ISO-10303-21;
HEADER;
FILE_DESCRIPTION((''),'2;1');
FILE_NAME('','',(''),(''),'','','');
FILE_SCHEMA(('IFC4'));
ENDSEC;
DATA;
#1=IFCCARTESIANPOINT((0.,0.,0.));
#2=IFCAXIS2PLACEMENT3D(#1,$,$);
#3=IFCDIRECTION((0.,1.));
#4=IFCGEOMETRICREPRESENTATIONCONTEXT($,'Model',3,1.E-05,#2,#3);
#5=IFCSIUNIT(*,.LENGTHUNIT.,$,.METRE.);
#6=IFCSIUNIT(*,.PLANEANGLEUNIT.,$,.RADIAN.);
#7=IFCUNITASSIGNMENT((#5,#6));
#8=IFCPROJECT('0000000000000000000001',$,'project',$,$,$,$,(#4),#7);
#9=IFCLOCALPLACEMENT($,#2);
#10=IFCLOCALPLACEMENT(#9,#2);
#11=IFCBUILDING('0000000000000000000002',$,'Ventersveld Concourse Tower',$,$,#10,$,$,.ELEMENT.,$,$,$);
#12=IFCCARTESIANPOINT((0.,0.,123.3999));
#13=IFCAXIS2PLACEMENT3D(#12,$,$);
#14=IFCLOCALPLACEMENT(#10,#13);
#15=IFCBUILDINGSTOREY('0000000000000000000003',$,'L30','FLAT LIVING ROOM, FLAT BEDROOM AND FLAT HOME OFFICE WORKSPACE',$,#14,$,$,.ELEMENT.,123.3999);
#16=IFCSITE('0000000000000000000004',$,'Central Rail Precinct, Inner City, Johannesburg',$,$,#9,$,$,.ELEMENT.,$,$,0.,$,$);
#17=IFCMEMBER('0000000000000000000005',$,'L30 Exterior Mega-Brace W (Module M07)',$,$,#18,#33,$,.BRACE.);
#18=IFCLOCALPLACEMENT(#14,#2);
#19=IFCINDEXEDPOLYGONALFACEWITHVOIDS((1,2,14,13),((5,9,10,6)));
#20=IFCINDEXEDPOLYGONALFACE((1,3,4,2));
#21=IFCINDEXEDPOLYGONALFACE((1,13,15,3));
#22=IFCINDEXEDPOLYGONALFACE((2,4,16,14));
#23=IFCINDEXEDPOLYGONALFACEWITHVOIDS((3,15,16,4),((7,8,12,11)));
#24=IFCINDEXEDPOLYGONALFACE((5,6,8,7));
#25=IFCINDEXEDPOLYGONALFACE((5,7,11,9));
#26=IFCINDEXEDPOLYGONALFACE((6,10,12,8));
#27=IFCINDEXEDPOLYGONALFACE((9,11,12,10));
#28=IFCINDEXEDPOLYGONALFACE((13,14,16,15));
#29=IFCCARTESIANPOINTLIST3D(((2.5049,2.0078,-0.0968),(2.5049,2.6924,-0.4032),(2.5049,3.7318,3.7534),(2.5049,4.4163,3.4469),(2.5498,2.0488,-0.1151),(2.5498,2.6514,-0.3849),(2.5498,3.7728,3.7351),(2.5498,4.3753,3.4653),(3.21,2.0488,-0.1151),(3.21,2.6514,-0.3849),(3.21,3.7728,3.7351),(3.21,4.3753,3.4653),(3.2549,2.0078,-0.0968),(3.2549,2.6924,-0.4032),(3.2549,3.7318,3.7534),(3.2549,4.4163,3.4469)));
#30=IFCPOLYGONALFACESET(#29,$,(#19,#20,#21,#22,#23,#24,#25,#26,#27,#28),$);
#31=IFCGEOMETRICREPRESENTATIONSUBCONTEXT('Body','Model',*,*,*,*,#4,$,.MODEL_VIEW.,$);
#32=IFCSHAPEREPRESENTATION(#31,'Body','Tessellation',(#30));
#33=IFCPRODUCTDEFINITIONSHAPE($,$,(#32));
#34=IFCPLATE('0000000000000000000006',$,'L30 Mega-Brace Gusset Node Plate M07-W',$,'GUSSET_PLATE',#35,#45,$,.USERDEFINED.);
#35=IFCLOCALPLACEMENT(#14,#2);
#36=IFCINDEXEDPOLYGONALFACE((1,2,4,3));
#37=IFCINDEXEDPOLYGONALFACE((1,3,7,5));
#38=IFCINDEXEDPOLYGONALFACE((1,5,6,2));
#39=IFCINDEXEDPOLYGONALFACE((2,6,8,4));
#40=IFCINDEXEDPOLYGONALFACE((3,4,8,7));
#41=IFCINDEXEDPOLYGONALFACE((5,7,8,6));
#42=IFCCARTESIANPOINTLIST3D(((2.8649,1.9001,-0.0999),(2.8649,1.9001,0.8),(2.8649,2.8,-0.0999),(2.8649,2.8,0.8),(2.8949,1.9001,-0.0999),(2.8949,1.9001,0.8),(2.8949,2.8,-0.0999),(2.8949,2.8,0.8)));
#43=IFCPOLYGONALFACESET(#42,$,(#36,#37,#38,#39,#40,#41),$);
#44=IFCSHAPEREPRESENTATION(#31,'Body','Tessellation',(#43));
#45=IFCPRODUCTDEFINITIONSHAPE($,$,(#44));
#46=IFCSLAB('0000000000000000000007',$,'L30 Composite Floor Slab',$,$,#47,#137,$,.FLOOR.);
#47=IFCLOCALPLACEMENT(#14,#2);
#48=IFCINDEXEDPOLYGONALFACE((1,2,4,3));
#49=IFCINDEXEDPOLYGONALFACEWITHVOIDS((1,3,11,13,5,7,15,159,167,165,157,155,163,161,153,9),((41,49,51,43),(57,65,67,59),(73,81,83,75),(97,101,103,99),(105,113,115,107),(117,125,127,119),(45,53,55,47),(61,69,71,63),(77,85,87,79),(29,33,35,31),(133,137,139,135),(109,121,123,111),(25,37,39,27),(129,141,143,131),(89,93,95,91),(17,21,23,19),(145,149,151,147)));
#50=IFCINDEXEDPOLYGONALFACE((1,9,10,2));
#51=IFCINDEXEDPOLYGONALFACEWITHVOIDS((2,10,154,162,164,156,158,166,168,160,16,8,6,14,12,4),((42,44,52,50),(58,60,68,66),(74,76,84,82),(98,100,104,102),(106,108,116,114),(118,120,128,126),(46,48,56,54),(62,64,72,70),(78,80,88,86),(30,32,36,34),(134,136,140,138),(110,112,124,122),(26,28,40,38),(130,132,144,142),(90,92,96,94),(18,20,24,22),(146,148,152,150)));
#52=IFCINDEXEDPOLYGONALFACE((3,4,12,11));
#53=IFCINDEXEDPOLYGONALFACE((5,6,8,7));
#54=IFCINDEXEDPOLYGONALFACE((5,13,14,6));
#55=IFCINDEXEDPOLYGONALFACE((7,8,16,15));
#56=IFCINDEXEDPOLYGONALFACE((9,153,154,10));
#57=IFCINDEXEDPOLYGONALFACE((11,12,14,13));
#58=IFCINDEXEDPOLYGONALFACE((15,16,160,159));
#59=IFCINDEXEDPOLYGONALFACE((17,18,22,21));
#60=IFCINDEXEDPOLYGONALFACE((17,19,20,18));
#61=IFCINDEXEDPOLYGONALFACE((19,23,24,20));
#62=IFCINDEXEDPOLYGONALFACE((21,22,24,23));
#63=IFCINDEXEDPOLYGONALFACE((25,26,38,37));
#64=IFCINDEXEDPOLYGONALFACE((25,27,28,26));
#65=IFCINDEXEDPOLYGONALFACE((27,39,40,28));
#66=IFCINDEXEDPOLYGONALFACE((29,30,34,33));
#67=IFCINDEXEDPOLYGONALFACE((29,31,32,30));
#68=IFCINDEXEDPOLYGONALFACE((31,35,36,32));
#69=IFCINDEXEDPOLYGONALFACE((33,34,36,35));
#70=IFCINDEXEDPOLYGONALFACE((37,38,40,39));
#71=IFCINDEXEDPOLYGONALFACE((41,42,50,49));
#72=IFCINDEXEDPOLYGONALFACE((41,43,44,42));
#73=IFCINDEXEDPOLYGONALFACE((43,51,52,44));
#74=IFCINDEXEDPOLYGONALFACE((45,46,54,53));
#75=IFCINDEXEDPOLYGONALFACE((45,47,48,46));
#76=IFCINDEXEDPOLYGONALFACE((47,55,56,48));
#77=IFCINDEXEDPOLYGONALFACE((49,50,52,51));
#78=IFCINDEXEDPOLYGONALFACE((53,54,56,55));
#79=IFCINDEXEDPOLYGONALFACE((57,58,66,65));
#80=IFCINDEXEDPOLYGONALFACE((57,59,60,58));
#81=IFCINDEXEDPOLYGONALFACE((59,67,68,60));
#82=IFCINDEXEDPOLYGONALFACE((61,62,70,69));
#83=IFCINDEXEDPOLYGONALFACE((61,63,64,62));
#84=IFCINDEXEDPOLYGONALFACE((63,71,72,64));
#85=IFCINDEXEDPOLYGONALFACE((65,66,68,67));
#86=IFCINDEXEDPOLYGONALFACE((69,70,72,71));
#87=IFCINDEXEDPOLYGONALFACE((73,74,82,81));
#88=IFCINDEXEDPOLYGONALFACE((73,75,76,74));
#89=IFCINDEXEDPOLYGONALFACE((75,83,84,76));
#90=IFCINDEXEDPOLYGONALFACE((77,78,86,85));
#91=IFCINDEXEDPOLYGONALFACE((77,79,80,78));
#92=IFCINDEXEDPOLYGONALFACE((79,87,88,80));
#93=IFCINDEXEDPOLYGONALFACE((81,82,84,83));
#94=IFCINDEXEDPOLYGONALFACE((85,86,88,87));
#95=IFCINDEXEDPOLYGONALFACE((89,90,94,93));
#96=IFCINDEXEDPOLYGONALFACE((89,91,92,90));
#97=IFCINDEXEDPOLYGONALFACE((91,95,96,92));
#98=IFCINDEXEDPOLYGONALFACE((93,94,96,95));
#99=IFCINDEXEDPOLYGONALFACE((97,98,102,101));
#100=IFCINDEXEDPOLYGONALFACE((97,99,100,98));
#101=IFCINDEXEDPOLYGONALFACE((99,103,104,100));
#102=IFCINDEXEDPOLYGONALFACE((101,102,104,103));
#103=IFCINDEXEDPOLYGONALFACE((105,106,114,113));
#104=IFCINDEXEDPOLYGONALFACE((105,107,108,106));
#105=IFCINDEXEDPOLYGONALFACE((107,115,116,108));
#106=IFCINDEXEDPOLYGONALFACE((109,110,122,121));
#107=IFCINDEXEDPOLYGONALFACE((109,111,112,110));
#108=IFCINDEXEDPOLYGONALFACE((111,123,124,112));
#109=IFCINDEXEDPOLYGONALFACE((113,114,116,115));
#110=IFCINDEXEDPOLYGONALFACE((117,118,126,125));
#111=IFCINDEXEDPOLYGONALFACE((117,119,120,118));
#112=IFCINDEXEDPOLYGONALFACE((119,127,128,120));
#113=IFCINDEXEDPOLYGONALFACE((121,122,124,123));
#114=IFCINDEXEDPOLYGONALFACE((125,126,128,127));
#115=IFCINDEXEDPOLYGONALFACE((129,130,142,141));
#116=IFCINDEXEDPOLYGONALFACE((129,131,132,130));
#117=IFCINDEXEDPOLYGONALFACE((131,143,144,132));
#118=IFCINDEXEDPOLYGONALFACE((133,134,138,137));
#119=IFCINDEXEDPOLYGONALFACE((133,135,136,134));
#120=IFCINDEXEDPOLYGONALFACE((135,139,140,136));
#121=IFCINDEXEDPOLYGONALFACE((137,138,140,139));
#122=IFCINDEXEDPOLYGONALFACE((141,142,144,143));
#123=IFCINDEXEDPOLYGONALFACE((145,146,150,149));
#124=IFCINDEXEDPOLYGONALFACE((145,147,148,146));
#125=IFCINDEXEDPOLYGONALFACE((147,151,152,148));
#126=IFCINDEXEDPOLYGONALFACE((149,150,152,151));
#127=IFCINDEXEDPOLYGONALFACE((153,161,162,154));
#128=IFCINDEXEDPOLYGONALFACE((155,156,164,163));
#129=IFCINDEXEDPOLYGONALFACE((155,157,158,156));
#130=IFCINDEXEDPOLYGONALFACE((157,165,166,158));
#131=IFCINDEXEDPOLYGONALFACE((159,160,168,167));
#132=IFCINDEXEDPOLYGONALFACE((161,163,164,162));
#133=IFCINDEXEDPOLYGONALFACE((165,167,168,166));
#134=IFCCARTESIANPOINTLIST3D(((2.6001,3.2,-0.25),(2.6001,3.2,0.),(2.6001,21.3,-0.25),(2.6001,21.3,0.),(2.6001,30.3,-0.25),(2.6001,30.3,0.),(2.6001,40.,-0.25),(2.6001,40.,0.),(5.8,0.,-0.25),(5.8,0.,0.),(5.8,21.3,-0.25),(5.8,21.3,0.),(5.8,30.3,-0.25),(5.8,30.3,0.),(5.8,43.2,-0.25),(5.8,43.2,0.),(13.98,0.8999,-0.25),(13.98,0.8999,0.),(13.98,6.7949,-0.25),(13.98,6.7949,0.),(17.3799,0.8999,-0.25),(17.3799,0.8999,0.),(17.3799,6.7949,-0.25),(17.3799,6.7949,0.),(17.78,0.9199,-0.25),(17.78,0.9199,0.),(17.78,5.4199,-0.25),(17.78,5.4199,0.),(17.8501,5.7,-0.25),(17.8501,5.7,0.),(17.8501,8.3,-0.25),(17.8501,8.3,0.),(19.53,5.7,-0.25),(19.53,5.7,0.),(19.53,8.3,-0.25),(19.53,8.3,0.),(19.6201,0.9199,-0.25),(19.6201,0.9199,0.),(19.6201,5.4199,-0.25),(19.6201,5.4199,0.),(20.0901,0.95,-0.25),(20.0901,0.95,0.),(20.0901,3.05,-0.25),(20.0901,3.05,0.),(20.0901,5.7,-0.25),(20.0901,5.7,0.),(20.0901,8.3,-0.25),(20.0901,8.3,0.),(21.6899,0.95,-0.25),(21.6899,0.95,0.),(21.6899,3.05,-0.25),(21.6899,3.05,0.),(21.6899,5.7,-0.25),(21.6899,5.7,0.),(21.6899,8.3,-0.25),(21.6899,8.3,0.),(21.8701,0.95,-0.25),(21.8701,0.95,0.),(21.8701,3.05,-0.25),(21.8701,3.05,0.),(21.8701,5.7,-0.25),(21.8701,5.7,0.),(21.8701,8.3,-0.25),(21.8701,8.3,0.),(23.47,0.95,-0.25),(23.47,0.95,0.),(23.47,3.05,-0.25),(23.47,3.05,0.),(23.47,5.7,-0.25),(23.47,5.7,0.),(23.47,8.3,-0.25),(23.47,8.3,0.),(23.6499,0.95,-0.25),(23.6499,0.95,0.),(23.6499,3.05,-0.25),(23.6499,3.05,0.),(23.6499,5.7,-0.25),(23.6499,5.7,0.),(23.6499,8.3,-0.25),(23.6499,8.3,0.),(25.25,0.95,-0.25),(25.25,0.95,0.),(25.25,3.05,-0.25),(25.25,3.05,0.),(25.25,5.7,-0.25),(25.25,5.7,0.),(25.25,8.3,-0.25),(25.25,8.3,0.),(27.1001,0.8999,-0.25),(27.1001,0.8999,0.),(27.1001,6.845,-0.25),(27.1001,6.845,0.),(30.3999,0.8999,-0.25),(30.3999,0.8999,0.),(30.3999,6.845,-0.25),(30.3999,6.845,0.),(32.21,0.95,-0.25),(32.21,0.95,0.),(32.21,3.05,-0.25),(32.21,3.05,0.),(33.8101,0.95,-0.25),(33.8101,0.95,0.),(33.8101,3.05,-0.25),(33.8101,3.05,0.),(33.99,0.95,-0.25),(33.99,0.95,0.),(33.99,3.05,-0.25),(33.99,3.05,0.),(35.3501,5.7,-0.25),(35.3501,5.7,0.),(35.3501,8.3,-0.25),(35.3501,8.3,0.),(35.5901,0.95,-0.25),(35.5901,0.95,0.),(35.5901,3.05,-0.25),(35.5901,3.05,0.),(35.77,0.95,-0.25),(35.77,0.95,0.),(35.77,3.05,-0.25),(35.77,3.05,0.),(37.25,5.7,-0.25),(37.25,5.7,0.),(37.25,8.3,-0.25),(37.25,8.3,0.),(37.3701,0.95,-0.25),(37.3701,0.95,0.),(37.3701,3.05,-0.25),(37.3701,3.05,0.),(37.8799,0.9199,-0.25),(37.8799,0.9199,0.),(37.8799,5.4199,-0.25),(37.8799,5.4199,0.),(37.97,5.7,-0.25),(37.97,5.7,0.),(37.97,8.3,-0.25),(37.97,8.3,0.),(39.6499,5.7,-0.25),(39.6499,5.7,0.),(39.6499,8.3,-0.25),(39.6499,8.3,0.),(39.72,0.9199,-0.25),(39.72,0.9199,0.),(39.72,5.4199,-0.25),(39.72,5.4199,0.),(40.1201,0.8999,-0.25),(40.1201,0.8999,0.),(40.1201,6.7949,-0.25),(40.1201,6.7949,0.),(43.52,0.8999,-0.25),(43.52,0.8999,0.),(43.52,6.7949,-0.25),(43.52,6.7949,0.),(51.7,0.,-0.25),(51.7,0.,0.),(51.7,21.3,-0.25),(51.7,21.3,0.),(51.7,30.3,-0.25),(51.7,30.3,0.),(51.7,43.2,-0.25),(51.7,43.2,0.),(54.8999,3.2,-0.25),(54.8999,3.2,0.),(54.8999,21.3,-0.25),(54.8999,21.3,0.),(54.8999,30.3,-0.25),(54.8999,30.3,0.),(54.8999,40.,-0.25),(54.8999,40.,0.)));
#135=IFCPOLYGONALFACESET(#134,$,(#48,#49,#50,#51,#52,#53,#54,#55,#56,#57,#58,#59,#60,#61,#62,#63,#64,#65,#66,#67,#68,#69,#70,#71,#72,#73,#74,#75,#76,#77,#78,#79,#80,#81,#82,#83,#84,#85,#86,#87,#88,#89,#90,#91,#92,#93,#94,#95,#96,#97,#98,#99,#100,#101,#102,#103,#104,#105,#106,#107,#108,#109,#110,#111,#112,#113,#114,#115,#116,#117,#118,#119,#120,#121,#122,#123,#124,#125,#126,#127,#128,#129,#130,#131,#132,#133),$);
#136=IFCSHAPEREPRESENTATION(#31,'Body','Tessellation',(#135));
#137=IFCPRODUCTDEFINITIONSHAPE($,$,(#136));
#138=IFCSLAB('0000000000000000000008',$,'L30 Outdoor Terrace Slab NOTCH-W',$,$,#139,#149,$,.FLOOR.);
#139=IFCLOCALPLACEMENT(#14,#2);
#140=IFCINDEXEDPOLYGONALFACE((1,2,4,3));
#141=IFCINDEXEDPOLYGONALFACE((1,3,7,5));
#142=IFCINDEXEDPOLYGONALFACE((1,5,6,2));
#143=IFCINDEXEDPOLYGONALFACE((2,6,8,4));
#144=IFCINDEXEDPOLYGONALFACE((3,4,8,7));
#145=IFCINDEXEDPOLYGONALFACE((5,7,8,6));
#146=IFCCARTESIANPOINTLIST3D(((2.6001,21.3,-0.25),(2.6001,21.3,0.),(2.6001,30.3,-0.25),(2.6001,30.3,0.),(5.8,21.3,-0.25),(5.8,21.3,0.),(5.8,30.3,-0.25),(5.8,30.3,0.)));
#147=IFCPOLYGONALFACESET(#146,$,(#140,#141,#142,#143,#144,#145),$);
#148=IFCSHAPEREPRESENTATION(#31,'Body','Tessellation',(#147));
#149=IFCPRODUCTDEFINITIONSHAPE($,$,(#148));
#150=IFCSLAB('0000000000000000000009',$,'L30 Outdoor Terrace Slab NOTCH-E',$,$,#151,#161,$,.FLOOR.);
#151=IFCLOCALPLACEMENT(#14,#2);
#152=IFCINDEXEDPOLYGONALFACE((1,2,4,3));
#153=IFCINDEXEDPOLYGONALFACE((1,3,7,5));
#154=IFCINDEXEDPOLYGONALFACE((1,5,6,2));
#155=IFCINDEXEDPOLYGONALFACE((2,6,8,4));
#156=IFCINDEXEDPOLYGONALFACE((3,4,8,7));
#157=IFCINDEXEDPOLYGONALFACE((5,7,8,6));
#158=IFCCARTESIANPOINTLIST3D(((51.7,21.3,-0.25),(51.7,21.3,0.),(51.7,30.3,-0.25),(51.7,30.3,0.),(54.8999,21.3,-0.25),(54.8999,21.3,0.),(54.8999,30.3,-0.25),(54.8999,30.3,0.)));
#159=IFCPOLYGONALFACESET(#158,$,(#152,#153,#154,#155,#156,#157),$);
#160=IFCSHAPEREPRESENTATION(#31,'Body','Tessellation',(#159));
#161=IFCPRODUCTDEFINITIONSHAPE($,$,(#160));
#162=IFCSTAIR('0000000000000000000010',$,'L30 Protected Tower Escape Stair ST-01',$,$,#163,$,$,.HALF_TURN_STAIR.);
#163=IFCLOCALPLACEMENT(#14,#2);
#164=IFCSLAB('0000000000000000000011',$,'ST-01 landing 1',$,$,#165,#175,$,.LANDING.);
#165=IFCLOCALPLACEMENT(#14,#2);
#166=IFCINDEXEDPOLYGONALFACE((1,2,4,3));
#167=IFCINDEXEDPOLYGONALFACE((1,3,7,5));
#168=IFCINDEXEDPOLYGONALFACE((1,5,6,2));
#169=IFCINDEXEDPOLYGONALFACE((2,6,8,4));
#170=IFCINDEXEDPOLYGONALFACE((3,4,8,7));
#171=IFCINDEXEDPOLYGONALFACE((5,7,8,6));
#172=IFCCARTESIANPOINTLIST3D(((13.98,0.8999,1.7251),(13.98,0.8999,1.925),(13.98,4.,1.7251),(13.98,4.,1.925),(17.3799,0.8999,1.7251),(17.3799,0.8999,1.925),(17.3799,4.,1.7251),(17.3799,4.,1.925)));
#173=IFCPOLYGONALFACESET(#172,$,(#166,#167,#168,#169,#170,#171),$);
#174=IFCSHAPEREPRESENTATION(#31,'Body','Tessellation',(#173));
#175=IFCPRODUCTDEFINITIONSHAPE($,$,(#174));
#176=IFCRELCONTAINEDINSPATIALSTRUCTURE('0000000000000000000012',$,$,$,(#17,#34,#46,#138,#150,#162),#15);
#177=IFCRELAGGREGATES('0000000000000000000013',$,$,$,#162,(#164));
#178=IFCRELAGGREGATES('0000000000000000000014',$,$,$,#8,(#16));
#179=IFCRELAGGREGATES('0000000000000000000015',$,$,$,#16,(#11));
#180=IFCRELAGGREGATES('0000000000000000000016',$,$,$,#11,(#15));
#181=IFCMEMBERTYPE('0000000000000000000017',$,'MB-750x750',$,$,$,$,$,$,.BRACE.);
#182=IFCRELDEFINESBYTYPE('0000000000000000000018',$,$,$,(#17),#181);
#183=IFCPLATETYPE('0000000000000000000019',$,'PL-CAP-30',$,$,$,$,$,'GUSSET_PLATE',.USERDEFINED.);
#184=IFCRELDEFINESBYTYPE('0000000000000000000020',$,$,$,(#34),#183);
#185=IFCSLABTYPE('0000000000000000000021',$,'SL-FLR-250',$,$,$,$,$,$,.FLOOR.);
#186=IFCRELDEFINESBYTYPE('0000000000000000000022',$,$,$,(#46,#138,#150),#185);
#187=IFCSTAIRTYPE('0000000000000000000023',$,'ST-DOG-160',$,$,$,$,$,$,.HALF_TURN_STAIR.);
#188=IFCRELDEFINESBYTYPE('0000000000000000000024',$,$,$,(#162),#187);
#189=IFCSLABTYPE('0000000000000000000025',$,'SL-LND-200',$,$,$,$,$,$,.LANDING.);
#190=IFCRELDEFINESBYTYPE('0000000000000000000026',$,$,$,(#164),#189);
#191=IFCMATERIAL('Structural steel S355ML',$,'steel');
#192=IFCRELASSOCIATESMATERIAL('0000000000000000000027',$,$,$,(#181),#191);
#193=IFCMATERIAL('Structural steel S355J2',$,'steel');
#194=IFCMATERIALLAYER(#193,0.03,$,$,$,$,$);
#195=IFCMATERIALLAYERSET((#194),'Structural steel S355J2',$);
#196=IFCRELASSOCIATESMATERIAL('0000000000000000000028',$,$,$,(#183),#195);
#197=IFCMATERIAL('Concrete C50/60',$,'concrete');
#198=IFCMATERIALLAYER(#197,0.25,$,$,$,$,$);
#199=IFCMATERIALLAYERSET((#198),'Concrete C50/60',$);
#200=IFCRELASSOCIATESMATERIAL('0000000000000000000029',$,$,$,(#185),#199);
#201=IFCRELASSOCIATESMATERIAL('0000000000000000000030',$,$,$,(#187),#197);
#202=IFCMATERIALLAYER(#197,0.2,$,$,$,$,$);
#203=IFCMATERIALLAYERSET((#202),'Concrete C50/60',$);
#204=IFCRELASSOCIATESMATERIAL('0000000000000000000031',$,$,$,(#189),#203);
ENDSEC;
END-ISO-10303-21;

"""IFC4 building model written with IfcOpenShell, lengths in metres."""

from ifc_helpers import new_model, si_unit, direction, frame, origin, origin_2d, place, context, subcontext, project, spatial, polyline, rectangle, hollow_rectangle, outline, extrude, material, layer, layer_set, material_profile, profile_set, type_object, element, aggregate, save


model = new_model("IFC4")

# Units and contexts
model_context = context("Model", 3, precision=1e-05, world=origin(), true_north=direction((0.0, 1.0)))
body_context = subcontext(model_context, "Body", "Model", "MODEL_VIEW")
ifc_project = project(units=[si_unit("LENGTHUNIT", "METRE"), si_unit("PLANEANGLEUNIT", "RADIAN")], contexts=[model_context])

# Site, building, storey
site_placement = place(None, origin())
site = spatial("IfcSite", under=ifc_project, at=site_placement, Name="Central Rail Precinct, Inner City, Johannesburg", CompositionType="ELEMENT", RefElevation=0.0)
building_placement = place(site_placement, origin())
building = spatial("IfcBuilding", under=site, at=building_placement, Name="Ventersveld Concourse Tower", CompositionType="ELEMENT")
storey_placement = place(building_placement, frame((0.0, 0.0, 123.3999)))
storey = spatial("IfcBuildingStorey", under=building, at=storey_placement, Name="L30", Description="FLAT LIVING ROOM, FLAT BEDROOM AND FLAT HOME OFFICE WORKSPACE", CompositionType="ELEMENT", Elevation=123.3999)

# Member
ifc_material_1 = material(Name="Structural steel S355ML", Category="steel")
ifc_material_profile = material_profile(ifc_material_1, hollow_rectangle(XDim=0.75, YDim=0.75, WallThickness=0.0449, at=origin_2d()), Name="BOX 750x750x45")
ifc_profile_set = profile_set([ifc_material_profile], Name="Structural steel S355ML")
member_type = type_object("IfcMemberType", Name="MB-750x750", PredefinedType="BRACE", material=ifc_profile_set)
member_placement = place(storey_placement, frame((2.8799, 2.3501, -0.25), z_axis=(0.0, 0.408655, 0.912689), x_axis=(-1.0, 0.0, 0.0)))
element("IfcMember", 1, at=member_placement, inside=storey, type_object=member_type, Name="L30 Exterior Mega-Brace W (Module M07)", PredefinedType="BRACE", context=body_context, shape_type="SweptSolid", body=[
    extrude(hollow_rectangle(XDim=0.75, YDim=0.75, WallThickness=0.0449, at=origin_2d()), origin(), (0.0, 0.0, 1.0), 4.2185),
])

# Plate
ifc_material_2 = material(Name="Structural steel S355J2", Category="steel")
ifc_layer_1 = layer(ifc_material_2, 0.03)
ifc_layer_set_1 = layer_set([ifc_layer_1], Name="Structural steel S355J2")
plate_type = type_object("IfcPlateType", Name="PL-CAP-30", ElementType="GUSSET_PLATE", PredefinedType="USERDEFINED", material=ifc_layer_set_1)
plate_placement = place(storey_placement, frame((2.8799, 2.3501, -0.0999), z_axis=(0.0, 0.0, 1.0), x_axis=(0.0, 1.0, 0.0)))
element("IfcPlate", 2, at=plate_placement, inside=storey, type_object=plate_type, Name="L30 Mega-Brace Gusset Node Plate M07-W", ObjectType="GUSSET_PLATE", PredefinedType="USERDEFINED", context=body_context, shape_type="SweptSolid", body=[
    extrude(rectangle(XDim=0.8999, YDim=0.03, at=origin_2d()), origin(), (0.0, 0.0, 1.0), 0.8999),
])

# Slabs
ifc_material_3 = material(Name="Concrete C50/60", Category="concrete")
ifc_layer_2 = layer(ifc_material_3, 0.25)
ifc_layer_set_2 = layer_set([ifc_layer_2], Name="Concrete C50/60")
slab_type_1 = type_object("IfcSlabType", Name="SL-FLR-250", PredefinedType="FLOOR", material=ifc_layer_set_2)
slab_1_placement = place(storey_placement, frame((0.0, 0.0, -0.25)))
element("IfcSlab", 3, at=slab_1_placement, inside=storey, type_object=slab_type_1, Name="L30 Composite Floor Slab", PredefinedType="FLOOR", context=body_context, shape_type="SweptSolid", body=[
    extrude(outline(polyline([(5.8, 0.0), (51.7, 0.0), (54.8999, 3.2), (54.8999, 21.3), (51.7, 21.3), (51.7, 30.3), (54.8999, 30.3), (54.8999, 40.0), (51.7, 43.2), (5.8, 43.2), (2.6001, 40.0), (2.6001, 30.3), (5.8, 30.3), (5.8, 21.3), (2.6001, 21.3), (2.6001, 3.2), (5.8, 0.0)]), holes=[polyline([(13.98, 6.7949), (13.98, 0.8999), (17.3799, 0.8999), (17.3799, 6.7949), (13.98, 6.7949)]), polyline([(40.1201, 6.7949), (40.1201, 0.8999), (43.52, 0.8999), (43.52, 6.7949), (40.1201, 6.7949)]), polyline([(27.1001, 6.845), (27.1001, 0.8999), (30.3999, 0.8999), (30.3999, 6.845), (27.1001, 6.845)]), polyline([(17.8501, 5.7), (19.53, 5.7), (19.53, 8.3), (17.8501, 8.3), (17.8501, 5.7)]), polyline([(37.97, 5.7), (39.6499, 5.7), (39.6499, 8.3), (37.97, 8.3), (37.97, 5.7)]), polyline([(35.3501, 5.7), (37.25, 5.7), (37.25, 8.3), (35.3501, 8.3), (35.3501, 5.7)]), polyline([(20.0901, 0.95), (21.6899, 0.95), (21.6899, 3.05), (20.0901, 3.05), (20.0901, 0.95)]), polyline([(21.8701, 0.95), (23.47, 0.95), (23.47, 3.05), (21.8701, 3.05), (21.8701, 0.95)]), polyline([(23.6499, 0.95), (25.25, 0.95), (25.25, 3.05), (23.6499, 3.05), (23.6499, 0.95)]), polyline([(32.21, 0.95), (33.8101, 0.95), (33.8101, 3.05), (32.21, 3.05), (32.21, 0.95)]), polyline([(33.99, 0.95), (35.5901, 0.95), (35.5901, 3.05), (33.99, 3.05), (33.99, 0.95)]), polyline([(35.77, 0.95), (37.3701, 0.95), (37.3701, 3.05), (35.77, 3.05), (35.77, 0.95)]), polyline([(20.0901, 5.7), (21.6899, 5.7), (21.6899, 8.3), (20.0901, 8.3), (20.0901, 5.7)]), polyline([(21.8701, 5.7), (23.47, 5.7), (23.47, 8.3), (21.8701, 8.3), (21.8701, 5.7)]), polyline([(23.6499, 5.7), (25.25, 5.7), (25.25, 8.3), (23.6499, 8.3), (23.6499, 5.7)]), polyline([(17.78, 0.9199), (19.6201, 0.9199), (19.6201, 5.4199), (17.78, 5.4199), (17.78, 0.9199)]), polyline([(37.8799, 0.9199), (39.72, 0.9199), (39.72, 5.4199), (37.8799, 5.4199), (37.8799, 0.9199)])]), origin(), (0.0, 0.0, 1.0), 0.25),
])
slab_2_placement = place(storey_placement, frame((0.0, 0.0, -0.25)))
element("IfcSlab", 4, at=slab_2_placement, inside=storey, type_object=slab_type_1, Name="L30 Outdoor Terrace Slab NOTCH-W", PredefinedType="FLOOR", context=body_context, shape_type="SweptSolid", body=[
    extrude(outline(polyline([(2.6001, 21.3), (5.8, 21.3), (5.8, 30.3), (2.6001, 30.3), (2.6001, 21.3)])), origin(), (0.0, 0.0, 1.0), 0.25),
])
slab_3_placement = place(storey_placement, frame((0.0, 0.0, -0.25)))
element("IfcSlab", 5, at=slab_3_placement, inside=storey, type_object=slab_type_1, Name="L30 Outdoor Terrace Slab NOTCH-E", PredefinedType="FLOOR", context=body_context, shape_type="SweptSolid", body=[
    extrude(outline(polyline([(51.7, 21.3), (54.8999, 21.3), (54.8999, 30.3), (51.7, 30.3), (51.7, 21.3)])), origin(), (0.0, 0.0, 1.0), 0.25),
])

# Stair, slab
stair_type_1 = type_object("IfcStairType", Name="ST-DOG-160", PredefinedType="HALF_TURN_STAIR", material=ifc_material_3)
stair_1_placement = place(storey_placement, origin())
stair_1 = element("IfcStair", 6, at=stair_1_placement, inside=storey, type_object=stair_type_1, Name="L30 Protected Tower Escape Stair ST-01", PredefinedType="HALF_TURN_STAIR")
ifc_layer_3 = layer(ifc_material_3, 0.2)
ifc_layer_set_3 = layer_set([ifc_layer_3], Name="Concrete C50/60")
slab_type_2 = type_object("IfcSlabType", Name="SL-LND-200", PredefinedType="LANDING", material=ifc_layer_set_3)
slab_4_placement = place(storey_placement, frame((0.0, 0.0, 1.7251)))
slab_4 = element("IfcSlab", 7, at=slab_4_placement, type_object=slab_type_2, Name="ST-01 landing 1", PredefinedType="LANDING", context=body_context, shape_type="SweptSolid", body=[
    extrude(outline(polyline([(13.98, 4.0), (13.98, 0.8999), (17.3799, 0.8999), (17.3799, 4.0), (13.98, 4.0)])), origin(), (0.0, 0.0, 1.0), 0.2),
])
aggregate(stair_1, [slab_4])

save(model, "model.ifc")
